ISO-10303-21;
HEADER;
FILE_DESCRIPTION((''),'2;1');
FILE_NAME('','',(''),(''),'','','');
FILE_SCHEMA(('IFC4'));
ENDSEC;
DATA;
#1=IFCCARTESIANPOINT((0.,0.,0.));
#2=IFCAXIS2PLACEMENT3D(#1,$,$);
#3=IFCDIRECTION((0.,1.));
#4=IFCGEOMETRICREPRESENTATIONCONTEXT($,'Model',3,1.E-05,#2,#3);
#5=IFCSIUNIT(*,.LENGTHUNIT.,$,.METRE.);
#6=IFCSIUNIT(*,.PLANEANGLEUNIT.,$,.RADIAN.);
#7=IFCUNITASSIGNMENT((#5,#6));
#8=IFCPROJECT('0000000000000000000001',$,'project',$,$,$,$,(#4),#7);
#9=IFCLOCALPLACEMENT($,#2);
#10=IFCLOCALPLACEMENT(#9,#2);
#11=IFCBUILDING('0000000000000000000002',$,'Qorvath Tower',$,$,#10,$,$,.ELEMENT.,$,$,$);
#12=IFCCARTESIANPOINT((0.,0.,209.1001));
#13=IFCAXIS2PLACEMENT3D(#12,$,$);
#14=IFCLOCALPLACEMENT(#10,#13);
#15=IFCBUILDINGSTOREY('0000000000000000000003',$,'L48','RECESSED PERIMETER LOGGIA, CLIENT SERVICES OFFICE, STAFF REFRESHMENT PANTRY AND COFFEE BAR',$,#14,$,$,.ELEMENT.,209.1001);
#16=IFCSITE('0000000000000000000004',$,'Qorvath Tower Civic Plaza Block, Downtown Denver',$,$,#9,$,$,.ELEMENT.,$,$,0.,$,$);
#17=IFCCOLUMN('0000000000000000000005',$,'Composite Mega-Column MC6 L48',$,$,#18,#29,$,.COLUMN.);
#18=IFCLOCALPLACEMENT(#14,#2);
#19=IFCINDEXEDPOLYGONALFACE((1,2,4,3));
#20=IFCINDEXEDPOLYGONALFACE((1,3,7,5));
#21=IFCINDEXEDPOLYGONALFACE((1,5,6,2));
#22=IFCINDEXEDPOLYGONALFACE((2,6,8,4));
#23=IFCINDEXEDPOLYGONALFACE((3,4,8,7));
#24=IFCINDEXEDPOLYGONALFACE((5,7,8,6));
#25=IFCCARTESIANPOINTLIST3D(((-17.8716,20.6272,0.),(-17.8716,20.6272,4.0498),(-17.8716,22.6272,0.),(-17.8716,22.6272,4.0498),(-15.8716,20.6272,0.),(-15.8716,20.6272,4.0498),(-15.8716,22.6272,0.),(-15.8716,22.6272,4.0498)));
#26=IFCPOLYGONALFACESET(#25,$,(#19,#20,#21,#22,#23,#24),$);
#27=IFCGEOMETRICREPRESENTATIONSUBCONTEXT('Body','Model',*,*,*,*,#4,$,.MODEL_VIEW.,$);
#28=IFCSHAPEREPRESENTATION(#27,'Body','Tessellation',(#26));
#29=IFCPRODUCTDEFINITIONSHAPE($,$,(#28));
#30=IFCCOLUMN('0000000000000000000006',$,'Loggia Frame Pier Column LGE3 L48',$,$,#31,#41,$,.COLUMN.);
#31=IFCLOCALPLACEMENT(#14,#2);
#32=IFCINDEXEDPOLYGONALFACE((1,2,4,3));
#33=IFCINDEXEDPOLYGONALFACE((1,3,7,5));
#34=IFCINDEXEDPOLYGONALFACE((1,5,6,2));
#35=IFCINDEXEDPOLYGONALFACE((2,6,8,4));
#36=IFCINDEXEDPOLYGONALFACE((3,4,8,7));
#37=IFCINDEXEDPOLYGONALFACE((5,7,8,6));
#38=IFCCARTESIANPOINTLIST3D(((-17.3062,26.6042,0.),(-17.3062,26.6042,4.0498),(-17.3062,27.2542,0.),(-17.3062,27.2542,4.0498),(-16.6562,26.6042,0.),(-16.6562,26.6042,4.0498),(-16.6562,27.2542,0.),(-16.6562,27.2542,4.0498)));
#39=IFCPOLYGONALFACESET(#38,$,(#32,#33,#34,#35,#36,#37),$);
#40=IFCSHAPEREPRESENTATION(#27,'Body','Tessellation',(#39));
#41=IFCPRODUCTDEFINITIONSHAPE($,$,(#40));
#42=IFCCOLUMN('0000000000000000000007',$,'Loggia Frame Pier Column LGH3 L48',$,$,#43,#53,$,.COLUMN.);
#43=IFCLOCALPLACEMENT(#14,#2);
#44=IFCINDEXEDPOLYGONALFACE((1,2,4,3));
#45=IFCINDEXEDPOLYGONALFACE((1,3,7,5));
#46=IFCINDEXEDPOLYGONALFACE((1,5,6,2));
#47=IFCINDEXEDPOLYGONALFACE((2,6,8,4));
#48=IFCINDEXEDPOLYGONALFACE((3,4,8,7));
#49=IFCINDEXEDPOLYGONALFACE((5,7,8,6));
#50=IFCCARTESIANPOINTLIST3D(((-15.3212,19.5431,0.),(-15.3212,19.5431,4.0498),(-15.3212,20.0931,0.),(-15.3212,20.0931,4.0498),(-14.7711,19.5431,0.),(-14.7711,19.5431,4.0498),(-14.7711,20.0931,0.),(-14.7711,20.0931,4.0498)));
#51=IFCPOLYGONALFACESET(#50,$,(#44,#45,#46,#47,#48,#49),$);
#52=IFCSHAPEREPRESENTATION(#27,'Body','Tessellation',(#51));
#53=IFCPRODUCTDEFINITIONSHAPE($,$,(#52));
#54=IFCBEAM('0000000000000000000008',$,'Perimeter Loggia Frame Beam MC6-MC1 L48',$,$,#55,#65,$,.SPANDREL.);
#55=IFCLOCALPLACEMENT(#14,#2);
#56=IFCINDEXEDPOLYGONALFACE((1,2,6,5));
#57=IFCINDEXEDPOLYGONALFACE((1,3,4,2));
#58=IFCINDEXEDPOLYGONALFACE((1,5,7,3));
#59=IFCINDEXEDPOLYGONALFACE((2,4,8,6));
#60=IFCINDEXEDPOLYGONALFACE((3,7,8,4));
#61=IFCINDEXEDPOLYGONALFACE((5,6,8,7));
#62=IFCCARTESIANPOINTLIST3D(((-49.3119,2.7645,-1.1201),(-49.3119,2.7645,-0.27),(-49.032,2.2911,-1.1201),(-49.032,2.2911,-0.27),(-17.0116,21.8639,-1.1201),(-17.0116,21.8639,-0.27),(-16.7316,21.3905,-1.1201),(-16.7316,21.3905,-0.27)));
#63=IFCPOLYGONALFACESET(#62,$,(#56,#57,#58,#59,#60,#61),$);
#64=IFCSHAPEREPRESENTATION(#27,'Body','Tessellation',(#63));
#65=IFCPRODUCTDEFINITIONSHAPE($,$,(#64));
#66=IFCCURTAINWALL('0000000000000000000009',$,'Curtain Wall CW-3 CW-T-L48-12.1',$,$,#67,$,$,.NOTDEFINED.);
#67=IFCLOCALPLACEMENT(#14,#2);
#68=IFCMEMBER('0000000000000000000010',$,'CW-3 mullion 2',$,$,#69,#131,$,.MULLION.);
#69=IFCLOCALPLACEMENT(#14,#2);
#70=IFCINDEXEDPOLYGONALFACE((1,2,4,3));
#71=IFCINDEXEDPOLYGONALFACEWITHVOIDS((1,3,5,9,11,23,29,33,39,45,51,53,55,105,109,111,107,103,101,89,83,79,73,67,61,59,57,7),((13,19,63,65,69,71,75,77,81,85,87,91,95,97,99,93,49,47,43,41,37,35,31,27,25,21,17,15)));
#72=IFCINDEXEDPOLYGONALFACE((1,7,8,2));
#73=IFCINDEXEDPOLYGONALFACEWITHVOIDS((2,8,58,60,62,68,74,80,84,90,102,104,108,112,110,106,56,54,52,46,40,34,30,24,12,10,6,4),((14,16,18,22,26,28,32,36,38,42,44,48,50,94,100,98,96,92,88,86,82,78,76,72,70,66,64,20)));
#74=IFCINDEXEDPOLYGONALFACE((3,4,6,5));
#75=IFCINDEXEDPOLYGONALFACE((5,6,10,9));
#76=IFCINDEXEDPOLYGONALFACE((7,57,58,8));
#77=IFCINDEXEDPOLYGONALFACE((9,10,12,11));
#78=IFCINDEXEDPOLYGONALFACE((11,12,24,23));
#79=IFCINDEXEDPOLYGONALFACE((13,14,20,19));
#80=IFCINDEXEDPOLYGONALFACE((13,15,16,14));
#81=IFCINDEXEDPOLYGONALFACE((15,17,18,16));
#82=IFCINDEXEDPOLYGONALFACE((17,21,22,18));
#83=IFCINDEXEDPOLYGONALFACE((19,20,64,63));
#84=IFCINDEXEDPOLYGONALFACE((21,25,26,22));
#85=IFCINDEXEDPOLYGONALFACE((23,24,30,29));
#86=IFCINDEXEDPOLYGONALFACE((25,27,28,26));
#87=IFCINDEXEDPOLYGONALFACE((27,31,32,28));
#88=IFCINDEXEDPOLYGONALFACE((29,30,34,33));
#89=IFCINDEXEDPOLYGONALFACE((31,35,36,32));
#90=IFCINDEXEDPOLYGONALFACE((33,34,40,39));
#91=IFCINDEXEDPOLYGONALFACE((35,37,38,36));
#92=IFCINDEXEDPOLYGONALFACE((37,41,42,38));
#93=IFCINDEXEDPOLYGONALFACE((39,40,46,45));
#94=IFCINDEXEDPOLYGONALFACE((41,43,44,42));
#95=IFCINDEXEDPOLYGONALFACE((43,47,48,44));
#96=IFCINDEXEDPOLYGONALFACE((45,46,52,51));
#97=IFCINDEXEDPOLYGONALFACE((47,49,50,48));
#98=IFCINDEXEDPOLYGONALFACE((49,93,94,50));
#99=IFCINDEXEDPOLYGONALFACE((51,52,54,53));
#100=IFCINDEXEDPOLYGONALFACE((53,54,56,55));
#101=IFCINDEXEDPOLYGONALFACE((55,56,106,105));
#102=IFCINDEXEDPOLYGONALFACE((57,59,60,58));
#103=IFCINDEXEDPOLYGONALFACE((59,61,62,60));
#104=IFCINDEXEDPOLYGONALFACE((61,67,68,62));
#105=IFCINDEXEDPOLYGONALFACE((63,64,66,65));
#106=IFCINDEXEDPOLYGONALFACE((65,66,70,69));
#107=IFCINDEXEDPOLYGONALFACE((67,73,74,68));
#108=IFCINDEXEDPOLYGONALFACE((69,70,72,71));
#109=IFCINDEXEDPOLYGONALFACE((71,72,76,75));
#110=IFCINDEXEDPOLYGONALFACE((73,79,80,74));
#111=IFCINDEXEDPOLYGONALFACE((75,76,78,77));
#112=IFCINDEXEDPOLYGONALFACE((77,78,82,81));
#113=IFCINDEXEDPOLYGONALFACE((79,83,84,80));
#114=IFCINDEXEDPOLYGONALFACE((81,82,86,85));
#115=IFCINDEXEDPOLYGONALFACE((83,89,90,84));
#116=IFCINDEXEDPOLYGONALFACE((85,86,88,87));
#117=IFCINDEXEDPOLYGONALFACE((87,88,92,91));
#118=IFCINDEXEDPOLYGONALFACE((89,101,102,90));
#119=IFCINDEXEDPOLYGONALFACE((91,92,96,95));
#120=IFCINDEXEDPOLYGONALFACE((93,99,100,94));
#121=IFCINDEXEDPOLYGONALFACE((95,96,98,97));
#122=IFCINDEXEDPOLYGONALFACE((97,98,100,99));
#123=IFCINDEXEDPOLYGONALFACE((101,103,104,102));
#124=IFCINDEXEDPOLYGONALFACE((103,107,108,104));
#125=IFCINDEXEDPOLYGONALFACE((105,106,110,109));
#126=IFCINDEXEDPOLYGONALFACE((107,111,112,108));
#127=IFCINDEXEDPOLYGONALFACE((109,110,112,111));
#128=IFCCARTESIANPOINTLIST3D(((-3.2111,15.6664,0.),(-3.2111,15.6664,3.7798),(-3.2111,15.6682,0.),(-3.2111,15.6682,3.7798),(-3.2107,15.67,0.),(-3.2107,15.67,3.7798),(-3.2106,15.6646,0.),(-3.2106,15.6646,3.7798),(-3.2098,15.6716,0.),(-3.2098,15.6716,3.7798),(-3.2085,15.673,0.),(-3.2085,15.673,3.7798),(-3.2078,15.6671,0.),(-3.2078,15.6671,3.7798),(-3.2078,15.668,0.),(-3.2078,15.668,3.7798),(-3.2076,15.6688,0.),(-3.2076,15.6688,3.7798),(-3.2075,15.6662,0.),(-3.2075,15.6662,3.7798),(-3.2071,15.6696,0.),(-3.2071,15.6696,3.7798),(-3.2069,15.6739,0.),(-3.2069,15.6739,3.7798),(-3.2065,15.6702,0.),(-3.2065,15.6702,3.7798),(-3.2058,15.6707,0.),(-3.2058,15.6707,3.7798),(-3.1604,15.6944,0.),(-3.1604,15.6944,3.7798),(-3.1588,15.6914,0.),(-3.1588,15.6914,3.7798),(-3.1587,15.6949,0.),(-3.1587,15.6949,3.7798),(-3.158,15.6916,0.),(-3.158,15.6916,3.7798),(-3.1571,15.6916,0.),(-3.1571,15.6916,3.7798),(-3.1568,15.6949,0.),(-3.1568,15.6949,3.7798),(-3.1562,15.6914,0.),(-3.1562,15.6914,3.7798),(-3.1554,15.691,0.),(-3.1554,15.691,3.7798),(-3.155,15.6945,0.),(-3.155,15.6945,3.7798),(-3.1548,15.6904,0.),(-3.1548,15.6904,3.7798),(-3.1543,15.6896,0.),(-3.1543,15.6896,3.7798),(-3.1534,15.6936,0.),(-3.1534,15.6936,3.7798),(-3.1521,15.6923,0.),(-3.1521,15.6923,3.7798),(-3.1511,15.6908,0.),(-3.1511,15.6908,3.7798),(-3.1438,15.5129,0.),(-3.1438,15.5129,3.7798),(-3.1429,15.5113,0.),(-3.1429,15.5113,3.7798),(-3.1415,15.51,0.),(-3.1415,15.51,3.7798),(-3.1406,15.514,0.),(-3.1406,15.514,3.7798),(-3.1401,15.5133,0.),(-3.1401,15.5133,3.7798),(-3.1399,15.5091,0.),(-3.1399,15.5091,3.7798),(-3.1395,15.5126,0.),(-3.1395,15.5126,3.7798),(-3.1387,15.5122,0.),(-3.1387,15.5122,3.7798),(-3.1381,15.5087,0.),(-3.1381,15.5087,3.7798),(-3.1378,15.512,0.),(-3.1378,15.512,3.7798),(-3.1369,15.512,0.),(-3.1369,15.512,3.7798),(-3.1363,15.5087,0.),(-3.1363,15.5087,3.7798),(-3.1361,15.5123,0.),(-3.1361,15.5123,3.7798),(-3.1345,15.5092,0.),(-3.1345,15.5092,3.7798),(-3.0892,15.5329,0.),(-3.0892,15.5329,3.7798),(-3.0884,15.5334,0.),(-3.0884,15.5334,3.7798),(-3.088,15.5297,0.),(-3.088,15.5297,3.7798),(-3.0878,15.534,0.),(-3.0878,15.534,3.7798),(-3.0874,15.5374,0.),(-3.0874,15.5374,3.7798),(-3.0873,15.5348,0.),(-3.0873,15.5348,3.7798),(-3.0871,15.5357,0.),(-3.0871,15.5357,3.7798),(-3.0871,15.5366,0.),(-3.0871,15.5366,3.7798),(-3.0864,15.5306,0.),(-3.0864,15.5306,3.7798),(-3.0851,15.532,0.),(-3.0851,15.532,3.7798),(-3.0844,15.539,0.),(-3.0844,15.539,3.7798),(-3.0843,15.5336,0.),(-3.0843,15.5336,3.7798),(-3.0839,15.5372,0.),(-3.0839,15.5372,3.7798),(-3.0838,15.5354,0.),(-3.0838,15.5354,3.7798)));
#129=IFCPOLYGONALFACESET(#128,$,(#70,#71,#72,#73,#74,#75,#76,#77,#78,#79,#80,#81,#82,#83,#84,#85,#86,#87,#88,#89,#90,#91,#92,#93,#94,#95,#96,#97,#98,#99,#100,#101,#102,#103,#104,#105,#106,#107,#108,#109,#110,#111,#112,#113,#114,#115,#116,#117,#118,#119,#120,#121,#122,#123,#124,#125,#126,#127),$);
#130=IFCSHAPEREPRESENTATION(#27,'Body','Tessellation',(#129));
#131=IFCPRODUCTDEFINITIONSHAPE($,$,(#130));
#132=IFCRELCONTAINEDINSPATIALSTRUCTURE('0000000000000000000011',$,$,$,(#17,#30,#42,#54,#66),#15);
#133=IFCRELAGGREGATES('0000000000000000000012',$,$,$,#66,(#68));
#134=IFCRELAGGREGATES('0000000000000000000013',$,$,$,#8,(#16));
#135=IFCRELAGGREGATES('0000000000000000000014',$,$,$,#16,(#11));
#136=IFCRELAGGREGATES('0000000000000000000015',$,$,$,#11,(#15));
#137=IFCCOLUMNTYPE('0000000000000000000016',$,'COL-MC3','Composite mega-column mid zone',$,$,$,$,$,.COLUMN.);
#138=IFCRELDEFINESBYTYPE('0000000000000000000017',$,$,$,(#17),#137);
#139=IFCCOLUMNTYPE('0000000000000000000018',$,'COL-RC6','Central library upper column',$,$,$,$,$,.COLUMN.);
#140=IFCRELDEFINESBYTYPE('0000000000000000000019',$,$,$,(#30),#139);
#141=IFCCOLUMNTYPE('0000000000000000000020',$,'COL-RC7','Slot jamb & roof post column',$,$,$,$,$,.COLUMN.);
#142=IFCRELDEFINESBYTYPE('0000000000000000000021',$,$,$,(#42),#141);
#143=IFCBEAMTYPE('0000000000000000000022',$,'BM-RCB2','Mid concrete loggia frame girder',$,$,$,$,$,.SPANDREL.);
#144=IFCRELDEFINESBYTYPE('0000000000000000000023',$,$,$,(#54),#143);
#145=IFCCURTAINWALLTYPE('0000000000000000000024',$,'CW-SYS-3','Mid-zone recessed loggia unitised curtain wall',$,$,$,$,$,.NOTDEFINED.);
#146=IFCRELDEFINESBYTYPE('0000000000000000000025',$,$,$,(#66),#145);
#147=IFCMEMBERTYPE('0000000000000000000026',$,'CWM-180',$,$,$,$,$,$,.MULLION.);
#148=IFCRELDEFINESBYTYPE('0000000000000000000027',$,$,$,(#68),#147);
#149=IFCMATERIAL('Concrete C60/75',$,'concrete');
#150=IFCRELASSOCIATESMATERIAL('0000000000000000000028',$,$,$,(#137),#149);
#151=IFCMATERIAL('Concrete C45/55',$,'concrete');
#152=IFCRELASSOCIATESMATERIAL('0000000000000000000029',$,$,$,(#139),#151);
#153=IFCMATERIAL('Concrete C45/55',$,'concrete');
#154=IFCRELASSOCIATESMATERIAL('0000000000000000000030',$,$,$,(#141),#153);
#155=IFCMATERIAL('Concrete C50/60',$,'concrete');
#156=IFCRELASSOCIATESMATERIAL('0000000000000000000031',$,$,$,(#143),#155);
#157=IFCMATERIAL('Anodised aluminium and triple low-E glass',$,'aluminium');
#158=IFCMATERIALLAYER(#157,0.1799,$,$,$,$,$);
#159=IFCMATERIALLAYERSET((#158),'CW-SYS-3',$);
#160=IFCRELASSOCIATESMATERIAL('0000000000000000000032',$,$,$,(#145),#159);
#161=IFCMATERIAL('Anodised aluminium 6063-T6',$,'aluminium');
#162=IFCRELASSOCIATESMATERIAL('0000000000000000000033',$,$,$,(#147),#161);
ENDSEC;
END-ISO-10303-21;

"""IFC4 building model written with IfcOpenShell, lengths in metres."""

from ifc_helpers import new_model, si_unit, direction, frame, origin, origin_2d, place, context, subcontext, project, spatial, rectangle, hollow_rectangle, extrude, material, layer, layer_set, material_profile, profile_set, type_object, element, aggregate, save


model = new_model("IFC4")

# Units and contexts
model_context = context("Model", 3, precision=1e-05, world=origin(), true_north=direction((0.0, 1.0)))
body_context = subcontext(model_context, "Body", "Model", "MODEL_VIEW")
ifc_project = project(units=[si_unit("LENGTHUNIT", "METRE"), si_unit("PLANEANGLEUNIT", "RADIAN")], contexts=[model_context])

# Site, building, storey
site_placement = place(None, origin())
site = spatial("IfcSite", under=ifc_project, at=site_placement, Name="Qorvath Tower Civic Plaza Block, Downtown Denver", CompositionType="ELEMENT", RefElevation=0.0)
building_placement = place(site_placement, origin())
building = spatial("IfcBuilding", under=site, at=building_placement, Name="Qorvath Tower", CompositionType="ELEMENT")
storey_placement = place(building_placement, frame((0.0, 0.0, 209.1001)))
storey = spatial("IfcBuildingStorey", under=building, at=storey_placement, Name="L48", Description="RECESSED PERIMETER LOGGIA, CLIENT SERVICES OFFICE, STAFF REFRESHMENT PANTRY AND COFFEE BAR", CompositionType="ELEMENT", Elevation=209.1001)

# Columns
ifc_material_1 = material(Name="Concrete C60/75", Category="concrete")
ifc_material_profile_1 = material_profile(ifc_material_1, rectangle(XDim=2.0, YDim=2.0, at=origin_2d()), Name="MC 2000x2000")
ifc_profile_set_1 = profile_set([ifc_material_profile_1], Name="Concrete C60/75")
column_type_1 = type_object("IfcColumnType", Name="COL-MC3", Description="Composite mega-column mid zone", PredefinedType="COLUMN", material=ifc_profile_set_1)
column_1_placement = place(storey_placement, frame((-16.8716, 21.6272, 0.0), z_axis=(0.0, 0.0, 1.0), x_axis=(1.0, 0.0, 0.0)))
element("IfcColumn", 1, at=column_1_placement, inside=storey, type_object=column_type_1, Name="Composite Mega-Column MC6 L48", PredefinedType="COLUMN", context=body_context, shape_type="SweptSolid", body=[
    extrude(rectangle(XDim=2.0, YDim=2.0, at=origin_2d()), origin(), (0.0, 0.0, 1.0), 4.0498),
])
ifc_material_2 = material(Name="Concrete C45/55", Category="concrete")
ifc_material_profile_2 = material_profile(ifc_material_2, rectangle(XDim=0.6499, YDim=0.6499, at=origin_2d()), Name="RC 650x650")
ifc_profile_set_2 = profile_set([ifc_material_profile_2], Name="Concrete C45/55")
column_type_2 = type_object("IfcColumnType", Name="COL-RC6", Description="Central library upper column", PredefinedType="COLUMN", material=ifc_profile_set_2)
column_2_placement = place(storey_placement, frame((-16.9812, 26.9292, 0.0), z_axis=(0.0, 0.0, 1.0), x_axis=(1.0, 0.0, 0.0)))
element("IfcColumn", 2, at=column_2_placement, inside=storey, type_object=column_type_2, Name="Loggia Frame Pier Column LGE3 L48", PredefinedType="COLUMN", context=body_context, shape_type="SweptSolid", body=[
    extrude(rectangle(XDim=0.6499, YDim=0.6499, at=origin_2d()), origin(), (0.0, 0.0, 1.0), 4.0498),
])
ifc_material_3 = material(Name="Concrete C45/55", Category="concrete")
ifc_material_profile_3 = material_profile(ifc_material_3, rectangle(XDim=0.55, YDim=0.55, at=origin_2d()), Name="RC 550x550")
ifc_profile_set_3 = profile_set([ifc_material_profile_3], Name="Concrete C45/55")
column_type_3 = type_object("IfcColumnType", Name="COL-RC7", Description="Slot jamb & roof post column", PredefinedType="COLUMN", material=ifc_profile_set_3)
column_3_placement = place(storey_placement, frame((-15.0461, 19.8181, 0.0), z_axis=(0.0, 0.0, 1.0), x_axis=(1.0, 0.0, 0.0)))
element("IfcColumn", 3, at=column_3_placement, inside=storey, type_object=column_type_3, Name="Loggia Frame Pier Column LGH3 L48", PredefinedType="COLUMN", context=body_context, shape_type="SweptSolid", body=[
    extrude(rectangle(XDim=0.55, YDim=0.55, at=origin_2d()), origin(), (0.0, 0.0, 1.0), 4.0498),
])

# Beam
ifc_material_4 = material(Name="Concrete C50/60", Category="concrete")
ifc_material_profile_4 = material_profile(ifc_material_4, rectangle(XDim=0.55, YDim=0.8501, at=origin_2d()), Name="RCB 850x550")
ifc_profile_set_4 = profile_set([ifc_material_profile_4], Name="Concrete C50/60")
beam_type = type_object("IfcBeamType", Name="BM-RCB2", Description="Mid concrete loggia frame girder", PredefinedType="SPANDREL", material=ifc_profile_set_4)
beam_placement = place(storey_placement, frame((-16.8716, 21.6272, -0.6951), z_axis=(-0.860777, -0.508983, 0.0), x_axis=(0.508983, -0.860777, 0.0)))
element("IfcBeam", 4, at=beam_placement, inside=storey, type_object=beam_type, Name="Perimeter Loggia Frame Beam MC6-MC1 L48", PredefinedType="SPANDREL", context=body_context, shape_type="SweptSolid", body=[
    extrude(rectangle(XDim=0.55, YDim=0.8501, at=origin_2d()), origin(), (0.0, 0.0, 1.0), 37.5247),
])

# Curtain wall, member
ifc_material_5 = material(Name="Anodised aluminium and triple low-E glass", Category="aluminium")
ifc_layer_1 = layer(ifc_material_5, 0.1799)
ifc_layer_set_1 = layer_set([ifc_layer_1], Name="CW-SYS-3")
curtain_wall_type = type_object("IfcCurtainWallType", Name="CW-SYS-3", Description="Mid-zone recessed loggia unitised curtain wall", PredefinedType="NOTDEFINED", material=ifc_layer_set_1)
curtain_wall_1_placement = place(storey_placement, origin())
curtain_wall_1 = element("IfcCurtainWall", 5, at=curtain_wall_1_placement, inside=storey, type_object=curtain_wall_type, Name="Curtain Wall CW-3 CW-T-L48-12.1", PredefinedType="NOTDEFINED")
ifc_material_6 = material(Name="Anodised aluminium 6063-T6", Category="aluminium")
ifc_material_profile_5 = material_profile(ifc_material_6, hollow_rectangle(XDim=0.0649, YDim=0.1799, WallThickness=0.0034, InnerFilletRadius=0.0034, OuterFilletRadius=0.0071, at=origin_2d()), Name="CWM 180x65")
ifc_profile_set_5 = profile_set([ifc_material_profile_5], Name="Anodised aluminium 6063-T6")
member_type_1 = type_object("IfcMemberType", Name="CWM-180", PredefinedType="MULLION", material=ifc_profile_set_5)
member_1_placement = place(storey_placement, frame((-3.1475, 15.6018, 0.0), z_axis=(0.0, 0.0, 1.0), x_axis=(-0.915381, -0.402589, 0.0)))
member_1 = element("IfcMember", 6, at=member_1_placement, type_object=member_type_1, Name="CW-3 mullion 2", PredefinedType="MULLION", context=body_context, shape_type="SweptSolid", body=[
    extrude(hollow_rectangle(XDim=0.0649, YDim=0.1799, WallThickness=0.0034, InnerFilletRadius=0.0034, OuterFilletRadius=0.0071, at=origin_2d()), origin(), (0.0, 0.0, 1.0), 3.7798),
])

aggregate(curtain_wall_1, [member_1])

save(model, "model.ifc")
